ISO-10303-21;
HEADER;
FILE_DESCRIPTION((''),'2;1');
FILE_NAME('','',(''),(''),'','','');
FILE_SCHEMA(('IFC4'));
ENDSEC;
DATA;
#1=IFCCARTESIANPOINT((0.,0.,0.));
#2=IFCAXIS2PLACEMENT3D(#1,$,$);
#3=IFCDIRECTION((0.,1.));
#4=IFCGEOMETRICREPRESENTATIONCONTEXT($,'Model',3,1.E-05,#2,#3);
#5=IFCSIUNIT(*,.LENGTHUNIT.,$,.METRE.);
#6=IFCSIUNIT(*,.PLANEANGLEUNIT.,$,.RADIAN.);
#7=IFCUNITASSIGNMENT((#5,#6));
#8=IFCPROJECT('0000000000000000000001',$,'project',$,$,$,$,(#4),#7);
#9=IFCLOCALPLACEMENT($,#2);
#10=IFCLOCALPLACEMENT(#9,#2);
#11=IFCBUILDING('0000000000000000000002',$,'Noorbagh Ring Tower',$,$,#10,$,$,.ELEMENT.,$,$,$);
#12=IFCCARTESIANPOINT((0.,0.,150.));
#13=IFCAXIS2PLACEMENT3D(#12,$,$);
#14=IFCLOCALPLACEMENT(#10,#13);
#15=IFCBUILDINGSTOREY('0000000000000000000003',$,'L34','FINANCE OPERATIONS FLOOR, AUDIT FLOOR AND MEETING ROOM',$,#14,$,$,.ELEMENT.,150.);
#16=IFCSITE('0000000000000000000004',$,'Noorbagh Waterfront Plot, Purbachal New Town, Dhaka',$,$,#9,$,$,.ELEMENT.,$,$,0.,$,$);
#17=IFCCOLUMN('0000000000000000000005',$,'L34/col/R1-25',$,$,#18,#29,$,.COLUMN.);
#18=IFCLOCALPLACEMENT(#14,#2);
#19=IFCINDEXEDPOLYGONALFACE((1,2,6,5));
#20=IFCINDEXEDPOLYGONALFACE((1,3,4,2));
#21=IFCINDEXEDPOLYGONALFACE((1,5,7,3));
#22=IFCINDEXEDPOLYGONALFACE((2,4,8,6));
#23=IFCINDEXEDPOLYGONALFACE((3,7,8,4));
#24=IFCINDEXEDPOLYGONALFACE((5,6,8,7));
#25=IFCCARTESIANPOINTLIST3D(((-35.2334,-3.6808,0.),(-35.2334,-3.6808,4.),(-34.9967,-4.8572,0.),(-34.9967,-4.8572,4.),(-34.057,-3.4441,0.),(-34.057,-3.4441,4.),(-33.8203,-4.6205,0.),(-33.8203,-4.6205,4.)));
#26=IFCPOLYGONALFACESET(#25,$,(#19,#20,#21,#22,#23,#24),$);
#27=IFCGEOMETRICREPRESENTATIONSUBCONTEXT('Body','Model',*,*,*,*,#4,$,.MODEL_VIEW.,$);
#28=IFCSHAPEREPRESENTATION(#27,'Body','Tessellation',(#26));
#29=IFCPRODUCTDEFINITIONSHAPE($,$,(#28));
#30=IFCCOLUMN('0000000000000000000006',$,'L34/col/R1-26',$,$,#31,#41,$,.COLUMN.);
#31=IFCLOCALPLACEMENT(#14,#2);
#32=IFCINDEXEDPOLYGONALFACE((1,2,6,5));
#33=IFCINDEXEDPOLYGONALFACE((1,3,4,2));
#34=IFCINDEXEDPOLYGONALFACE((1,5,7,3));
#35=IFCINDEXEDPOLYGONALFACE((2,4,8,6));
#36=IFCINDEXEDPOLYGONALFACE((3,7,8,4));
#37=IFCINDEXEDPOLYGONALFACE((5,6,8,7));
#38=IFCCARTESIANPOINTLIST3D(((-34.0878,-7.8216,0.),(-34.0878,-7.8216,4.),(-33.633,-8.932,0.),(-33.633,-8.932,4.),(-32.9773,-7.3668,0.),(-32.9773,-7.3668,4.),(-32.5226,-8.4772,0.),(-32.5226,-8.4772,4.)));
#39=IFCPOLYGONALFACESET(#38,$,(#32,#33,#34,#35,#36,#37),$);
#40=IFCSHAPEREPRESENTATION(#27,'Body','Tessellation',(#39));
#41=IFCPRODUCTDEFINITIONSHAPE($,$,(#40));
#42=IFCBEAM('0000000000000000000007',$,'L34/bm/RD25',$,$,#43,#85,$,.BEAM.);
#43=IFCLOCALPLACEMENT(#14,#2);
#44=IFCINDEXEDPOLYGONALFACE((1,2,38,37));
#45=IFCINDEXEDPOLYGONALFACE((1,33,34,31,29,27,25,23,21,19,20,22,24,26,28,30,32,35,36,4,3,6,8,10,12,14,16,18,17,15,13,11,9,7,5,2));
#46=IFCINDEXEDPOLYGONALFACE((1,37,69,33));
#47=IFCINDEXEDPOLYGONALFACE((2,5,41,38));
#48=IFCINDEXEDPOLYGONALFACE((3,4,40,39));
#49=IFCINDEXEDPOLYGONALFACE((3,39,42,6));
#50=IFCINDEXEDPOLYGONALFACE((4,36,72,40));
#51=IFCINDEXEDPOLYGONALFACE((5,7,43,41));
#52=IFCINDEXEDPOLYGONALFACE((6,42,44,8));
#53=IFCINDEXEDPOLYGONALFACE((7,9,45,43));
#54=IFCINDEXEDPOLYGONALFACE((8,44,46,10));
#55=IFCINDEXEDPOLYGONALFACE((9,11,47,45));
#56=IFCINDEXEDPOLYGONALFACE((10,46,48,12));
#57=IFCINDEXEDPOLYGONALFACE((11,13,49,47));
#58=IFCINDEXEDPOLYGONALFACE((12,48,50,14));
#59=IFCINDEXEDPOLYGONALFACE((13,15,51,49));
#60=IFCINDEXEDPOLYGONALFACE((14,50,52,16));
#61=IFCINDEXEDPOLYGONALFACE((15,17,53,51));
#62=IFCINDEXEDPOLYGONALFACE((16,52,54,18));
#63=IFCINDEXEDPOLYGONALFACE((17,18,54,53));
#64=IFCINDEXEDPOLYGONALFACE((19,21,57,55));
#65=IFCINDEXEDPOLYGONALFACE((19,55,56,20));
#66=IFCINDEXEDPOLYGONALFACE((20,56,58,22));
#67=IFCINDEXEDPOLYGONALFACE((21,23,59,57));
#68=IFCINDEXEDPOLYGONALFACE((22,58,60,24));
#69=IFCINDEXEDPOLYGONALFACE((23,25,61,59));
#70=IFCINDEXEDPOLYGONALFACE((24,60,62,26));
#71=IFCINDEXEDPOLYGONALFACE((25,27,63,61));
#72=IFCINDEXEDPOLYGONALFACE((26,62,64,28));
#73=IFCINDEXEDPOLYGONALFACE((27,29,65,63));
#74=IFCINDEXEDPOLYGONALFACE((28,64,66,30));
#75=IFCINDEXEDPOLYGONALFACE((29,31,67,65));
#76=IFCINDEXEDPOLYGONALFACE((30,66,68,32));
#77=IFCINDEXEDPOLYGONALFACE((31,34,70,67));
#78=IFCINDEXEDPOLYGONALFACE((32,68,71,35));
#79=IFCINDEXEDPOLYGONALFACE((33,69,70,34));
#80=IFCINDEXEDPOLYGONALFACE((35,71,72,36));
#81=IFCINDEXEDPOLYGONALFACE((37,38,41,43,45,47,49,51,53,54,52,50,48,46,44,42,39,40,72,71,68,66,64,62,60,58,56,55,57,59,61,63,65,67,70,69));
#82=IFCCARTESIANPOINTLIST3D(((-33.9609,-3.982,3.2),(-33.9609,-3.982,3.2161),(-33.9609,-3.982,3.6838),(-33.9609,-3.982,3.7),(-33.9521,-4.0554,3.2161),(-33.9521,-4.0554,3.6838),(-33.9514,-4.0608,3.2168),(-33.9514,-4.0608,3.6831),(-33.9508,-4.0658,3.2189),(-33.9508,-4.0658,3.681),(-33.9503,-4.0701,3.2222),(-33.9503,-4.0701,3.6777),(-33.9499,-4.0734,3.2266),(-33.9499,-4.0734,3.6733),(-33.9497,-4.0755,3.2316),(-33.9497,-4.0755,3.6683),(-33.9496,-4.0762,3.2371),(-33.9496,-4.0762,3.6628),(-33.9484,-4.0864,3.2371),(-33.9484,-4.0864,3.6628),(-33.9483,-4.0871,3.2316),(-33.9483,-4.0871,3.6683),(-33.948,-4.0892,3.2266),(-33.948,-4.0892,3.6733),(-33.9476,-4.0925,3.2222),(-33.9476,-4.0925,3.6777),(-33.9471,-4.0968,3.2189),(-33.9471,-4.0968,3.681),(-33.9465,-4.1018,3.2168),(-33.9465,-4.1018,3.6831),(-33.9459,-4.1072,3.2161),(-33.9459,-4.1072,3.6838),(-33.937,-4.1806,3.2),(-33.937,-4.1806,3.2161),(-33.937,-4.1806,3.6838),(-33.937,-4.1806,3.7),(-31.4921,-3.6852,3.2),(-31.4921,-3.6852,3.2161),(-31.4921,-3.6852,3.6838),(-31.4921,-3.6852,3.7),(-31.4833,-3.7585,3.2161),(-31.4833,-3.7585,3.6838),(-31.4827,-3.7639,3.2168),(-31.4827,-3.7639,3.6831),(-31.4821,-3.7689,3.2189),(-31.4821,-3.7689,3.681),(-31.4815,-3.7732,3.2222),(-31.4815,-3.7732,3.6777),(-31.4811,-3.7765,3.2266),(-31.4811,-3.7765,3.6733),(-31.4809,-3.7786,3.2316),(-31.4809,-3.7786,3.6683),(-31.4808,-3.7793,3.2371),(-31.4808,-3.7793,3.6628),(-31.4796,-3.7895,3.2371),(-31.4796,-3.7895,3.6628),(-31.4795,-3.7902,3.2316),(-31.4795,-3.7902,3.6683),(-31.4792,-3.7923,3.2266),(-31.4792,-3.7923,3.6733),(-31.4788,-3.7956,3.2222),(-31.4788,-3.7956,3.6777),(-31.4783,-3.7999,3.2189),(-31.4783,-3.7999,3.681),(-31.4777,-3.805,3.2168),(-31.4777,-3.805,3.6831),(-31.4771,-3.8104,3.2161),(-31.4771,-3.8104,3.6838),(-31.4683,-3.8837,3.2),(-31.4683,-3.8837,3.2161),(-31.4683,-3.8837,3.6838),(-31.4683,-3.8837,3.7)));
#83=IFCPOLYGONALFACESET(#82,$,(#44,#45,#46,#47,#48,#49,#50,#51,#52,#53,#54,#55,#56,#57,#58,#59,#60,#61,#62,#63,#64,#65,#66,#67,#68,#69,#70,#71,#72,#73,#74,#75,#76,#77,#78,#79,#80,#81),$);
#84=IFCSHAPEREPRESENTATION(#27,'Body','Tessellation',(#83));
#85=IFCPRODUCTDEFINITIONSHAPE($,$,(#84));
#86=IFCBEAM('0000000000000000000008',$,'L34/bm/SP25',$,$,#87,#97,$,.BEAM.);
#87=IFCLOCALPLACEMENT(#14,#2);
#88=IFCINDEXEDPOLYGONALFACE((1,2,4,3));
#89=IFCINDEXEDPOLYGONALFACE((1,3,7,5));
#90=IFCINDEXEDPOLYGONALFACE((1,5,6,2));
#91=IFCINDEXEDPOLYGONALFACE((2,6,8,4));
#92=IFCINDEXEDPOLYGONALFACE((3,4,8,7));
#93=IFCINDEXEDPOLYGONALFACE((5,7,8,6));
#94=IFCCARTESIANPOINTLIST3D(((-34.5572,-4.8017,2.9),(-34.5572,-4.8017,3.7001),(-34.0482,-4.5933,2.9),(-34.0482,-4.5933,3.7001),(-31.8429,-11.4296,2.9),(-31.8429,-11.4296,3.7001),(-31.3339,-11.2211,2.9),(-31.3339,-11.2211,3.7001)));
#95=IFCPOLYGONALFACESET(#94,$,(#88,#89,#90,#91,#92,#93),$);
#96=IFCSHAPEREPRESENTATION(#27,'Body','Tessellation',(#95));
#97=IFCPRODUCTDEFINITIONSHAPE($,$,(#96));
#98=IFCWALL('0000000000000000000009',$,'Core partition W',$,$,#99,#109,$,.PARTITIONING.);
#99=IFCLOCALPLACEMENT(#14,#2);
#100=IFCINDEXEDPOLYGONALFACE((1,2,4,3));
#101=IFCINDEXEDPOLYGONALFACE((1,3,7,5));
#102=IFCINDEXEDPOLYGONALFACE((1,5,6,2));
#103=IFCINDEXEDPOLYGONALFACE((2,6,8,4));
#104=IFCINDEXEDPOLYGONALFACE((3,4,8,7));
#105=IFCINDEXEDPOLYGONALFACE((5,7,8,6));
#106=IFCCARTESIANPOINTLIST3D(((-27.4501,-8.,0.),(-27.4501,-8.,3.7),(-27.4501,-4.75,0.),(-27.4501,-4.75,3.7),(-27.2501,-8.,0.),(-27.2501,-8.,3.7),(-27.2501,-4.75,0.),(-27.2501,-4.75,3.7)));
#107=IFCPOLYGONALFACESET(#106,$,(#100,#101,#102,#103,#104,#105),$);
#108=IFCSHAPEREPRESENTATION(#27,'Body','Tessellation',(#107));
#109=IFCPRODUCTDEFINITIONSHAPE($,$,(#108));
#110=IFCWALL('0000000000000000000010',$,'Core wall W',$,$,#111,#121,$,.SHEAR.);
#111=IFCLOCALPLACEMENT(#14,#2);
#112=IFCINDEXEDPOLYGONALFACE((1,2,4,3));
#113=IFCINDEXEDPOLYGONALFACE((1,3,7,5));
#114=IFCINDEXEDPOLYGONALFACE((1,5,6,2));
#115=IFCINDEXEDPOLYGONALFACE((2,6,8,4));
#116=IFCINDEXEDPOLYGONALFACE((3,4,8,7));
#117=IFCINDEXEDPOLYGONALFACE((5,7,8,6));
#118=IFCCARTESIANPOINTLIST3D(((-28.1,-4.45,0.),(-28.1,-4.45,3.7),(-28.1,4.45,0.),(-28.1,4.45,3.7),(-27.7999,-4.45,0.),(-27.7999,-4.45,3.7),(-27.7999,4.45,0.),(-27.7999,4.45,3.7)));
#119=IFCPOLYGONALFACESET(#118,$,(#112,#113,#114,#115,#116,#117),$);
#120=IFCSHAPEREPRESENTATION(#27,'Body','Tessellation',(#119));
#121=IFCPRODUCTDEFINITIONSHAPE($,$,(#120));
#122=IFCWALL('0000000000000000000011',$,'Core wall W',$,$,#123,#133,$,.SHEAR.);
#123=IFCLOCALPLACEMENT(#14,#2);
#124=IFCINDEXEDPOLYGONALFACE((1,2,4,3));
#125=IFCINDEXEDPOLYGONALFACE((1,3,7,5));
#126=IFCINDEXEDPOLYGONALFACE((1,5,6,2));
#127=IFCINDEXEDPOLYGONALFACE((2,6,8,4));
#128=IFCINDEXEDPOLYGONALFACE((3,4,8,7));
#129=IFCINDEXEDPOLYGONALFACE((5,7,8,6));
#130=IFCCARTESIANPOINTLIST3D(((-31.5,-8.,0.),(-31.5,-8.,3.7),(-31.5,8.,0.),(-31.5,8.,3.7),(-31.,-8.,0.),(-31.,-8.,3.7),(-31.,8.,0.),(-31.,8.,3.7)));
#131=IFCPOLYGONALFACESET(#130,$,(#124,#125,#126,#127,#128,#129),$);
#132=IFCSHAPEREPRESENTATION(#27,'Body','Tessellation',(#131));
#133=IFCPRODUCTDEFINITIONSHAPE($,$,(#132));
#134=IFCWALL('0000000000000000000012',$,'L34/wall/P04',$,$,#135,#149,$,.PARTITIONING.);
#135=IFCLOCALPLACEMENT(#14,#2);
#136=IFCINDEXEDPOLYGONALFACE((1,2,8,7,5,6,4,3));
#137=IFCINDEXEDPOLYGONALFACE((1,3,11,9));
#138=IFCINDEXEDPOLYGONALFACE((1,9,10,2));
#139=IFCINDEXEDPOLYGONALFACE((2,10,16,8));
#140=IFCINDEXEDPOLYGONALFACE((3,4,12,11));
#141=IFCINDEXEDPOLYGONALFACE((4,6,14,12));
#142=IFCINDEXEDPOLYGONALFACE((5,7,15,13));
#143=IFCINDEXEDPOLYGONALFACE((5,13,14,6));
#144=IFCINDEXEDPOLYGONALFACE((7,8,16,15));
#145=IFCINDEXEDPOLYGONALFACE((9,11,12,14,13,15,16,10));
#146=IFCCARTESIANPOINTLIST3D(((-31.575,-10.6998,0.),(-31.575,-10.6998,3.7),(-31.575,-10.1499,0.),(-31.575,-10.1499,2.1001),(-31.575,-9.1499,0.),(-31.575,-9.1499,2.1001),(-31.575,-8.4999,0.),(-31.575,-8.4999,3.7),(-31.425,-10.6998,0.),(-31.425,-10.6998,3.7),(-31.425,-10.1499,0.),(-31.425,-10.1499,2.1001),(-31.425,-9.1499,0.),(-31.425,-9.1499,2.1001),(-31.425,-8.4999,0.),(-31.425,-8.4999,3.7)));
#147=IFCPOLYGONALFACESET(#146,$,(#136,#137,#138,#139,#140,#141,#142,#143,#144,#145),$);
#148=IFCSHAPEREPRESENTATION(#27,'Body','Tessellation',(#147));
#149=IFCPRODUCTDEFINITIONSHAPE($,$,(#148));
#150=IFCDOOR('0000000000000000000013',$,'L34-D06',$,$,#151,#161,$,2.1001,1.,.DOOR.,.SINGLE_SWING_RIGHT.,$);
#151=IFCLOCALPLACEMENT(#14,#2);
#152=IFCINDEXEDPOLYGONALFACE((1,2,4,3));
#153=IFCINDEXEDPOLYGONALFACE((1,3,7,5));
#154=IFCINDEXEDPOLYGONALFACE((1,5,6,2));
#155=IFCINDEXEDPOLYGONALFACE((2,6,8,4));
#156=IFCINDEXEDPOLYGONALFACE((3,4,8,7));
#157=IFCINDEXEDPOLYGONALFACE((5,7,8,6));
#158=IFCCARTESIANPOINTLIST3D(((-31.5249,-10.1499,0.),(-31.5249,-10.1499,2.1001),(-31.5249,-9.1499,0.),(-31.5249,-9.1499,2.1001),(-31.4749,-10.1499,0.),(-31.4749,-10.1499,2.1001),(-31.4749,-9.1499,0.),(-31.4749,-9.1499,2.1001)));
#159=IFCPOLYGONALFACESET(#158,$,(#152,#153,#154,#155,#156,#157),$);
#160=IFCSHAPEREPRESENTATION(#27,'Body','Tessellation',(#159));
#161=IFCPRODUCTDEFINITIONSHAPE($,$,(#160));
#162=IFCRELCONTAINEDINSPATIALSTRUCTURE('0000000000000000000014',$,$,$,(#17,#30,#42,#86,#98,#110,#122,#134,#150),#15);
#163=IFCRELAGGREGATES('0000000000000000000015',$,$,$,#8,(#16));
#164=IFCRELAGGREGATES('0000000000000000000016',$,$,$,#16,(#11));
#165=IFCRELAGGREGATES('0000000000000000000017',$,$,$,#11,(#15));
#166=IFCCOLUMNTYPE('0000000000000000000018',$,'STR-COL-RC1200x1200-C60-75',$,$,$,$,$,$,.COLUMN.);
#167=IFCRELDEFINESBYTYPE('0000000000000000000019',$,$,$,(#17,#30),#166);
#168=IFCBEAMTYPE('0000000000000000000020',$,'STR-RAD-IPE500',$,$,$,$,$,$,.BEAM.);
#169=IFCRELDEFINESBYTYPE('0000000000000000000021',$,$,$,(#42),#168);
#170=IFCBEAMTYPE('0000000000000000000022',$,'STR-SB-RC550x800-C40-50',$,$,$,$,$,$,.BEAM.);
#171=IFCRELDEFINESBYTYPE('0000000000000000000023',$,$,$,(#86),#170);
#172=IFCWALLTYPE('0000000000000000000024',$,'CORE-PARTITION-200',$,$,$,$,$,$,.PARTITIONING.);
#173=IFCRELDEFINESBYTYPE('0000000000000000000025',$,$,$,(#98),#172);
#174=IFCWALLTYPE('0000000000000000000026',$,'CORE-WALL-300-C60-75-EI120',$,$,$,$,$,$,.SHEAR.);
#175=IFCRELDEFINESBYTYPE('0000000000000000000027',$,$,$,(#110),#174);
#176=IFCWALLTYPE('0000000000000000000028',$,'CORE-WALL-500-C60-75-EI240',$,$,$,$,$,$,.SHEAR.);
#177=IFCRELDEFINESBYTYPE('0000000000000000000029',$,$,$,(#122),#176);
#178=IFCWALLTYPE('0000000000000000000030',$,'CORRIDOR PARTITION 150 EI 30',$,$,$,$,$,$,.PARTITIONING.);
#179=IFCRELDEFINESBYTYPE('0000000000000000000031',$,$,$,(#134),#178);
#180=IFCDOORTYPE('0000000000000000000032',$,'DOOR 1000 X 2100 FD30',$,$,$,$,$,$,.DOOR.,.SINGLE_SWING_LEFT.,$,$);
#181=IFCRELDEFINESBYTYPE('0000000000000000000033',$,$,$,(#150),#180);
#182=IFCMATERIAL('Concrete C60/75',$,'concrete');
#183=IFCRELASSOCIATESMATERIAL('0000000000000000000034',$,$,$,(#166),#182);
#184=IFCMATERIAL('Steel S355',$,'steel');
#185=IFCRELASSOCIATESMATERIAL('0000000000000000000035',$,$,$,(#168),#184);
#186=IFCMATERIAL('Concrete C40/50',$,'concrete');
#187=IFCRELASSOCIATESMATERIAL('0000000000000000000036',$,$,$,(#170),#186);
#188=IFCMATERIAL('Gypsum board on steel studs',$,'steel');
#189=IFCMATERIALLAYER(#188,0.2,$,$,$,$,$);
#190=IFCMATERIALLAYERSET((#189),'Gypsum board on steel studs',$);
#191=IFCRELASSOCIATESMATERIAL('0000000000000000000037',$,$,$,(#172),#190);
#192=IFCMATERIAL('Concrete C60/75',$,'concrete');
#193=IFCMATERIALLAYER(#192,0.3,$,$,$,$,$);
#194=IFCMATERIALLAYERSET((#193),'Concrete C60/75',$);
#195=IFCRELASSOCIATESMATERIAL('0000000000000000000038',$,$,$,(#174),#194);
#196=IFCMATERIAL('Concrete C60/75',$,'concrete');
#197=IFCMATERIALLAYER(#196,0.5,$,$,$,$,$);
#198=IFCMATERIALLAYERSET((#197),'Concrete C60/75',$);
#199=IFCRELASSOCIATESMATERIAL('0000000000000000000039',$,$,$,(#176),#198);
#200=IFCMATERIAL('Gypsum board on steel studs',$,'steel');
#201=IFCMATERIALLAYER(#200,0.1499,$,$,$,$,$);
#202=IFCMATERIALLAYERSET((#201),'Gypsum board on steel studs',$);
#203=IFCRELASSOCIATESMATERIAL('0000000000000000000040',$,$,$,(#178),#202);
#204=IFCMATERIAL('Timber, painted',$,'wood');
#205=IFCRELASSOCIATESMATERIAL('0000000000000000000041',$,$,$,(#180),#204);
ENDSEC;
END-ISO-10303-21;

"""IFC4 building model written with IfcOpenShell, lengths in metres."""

from ifc_helpers import new_model, si_unit, direction, frame, frame_2d, origin, origin_2d, place, context, subcontext, project, spatial, rectangle, i_section, extrude, material, layer, layer_set, material_profile, profile_set, type_object, element, fill, save


model = new_model("IFC4")

# Units and contexts
model_context = context("Model", 3, precision=1e-05, world=origin(), true_north=direction((0.0, 1.0)))
body_context = subcontext(model_context, "Body", "Model", "MODEL_VIEW")
ifc_project = project(units=[si_unit("LENGTHUNIT", "METRE"), si_unit("PLANEANGLEUNIT", "RADIAN")], contexts=[model_context])

# Site, building, storey
site_placement = place(None, origin())
site = spatial("IfcSite", under=ifc_project, at=site_placement, Name="Noorbagh Waterfront Plot, Purbachal New Town, Dhaka", CompositionType="ELEMENT", RefElevation=0.0)
building_placement = place(site_placement, origin())
building = spatial("IfcBuilding", under=site, at=building_placement, Name="Noorbagh Ring Tower", CompositionType="ELEMENT")
storey_placement = place(building_placement, frame((0.0, 0.0, 150.0)))
storey = spatial("IfcBuildingStorey", under=building, at=storey_placement, Name="L34", Description="FINANCE OPERATIONS FLOOR, AUDIT FLOOR AND MEETING ROOM", CompositionType="ELEMENT", Elevation=150.0)

# Columns
ifc_material_1 = material(Name="Concrete C60/75", Category="concrete")
ifc_material_profile_1 = material_profile(ifc_material_1, rectangle(XDim=1.2, YDim=1.2, at=origin_2d()), Name="RC1200x1200")
ifc_profile_set_1 = profile_set([ifc_material_profile_1], Name="Concrete C60/75")
column_type = type_object("IfcColumnType", Name="STR-COL-RC1200x1200-C60-75", PredefinedType="COLUMN", material=ifc_profile_set_1)
for number, where, z_axis, x_axis, name in (
    (1, (-34.5269, -4.1506, 0.0), (0.0, 0.0, 1.0), (0.19723, -0.980357, 0.0), "L34/col/R1-25"),
    (2, (-33.3052, -8.1494, 0.0), (0.0, 0.0, 1.0), (0.378989, -0.925401, 0.0), "L34/col/R1-26"),
):
    element("IfcColumn", number, at=place(storey_placement, frame(where, z_axis=z_axis, x_axis=x_axis)), inside=storey, type_object=column_type, Name=name, PredefinedType="COLUMN", context=body_context, shape_type="SweptSolid", body=[
        extrude(rectangle(XDim=1.2, YDim=1.2, at=origin_2d()), origin(), (0.0, 0.0, 1.0), 4.0),
    ])

# Beams
ifc_material_2 = material(Name="Steel S355", Category="steel")
ifc_material_profile_2 = material_profile(ifc_material_2, i_section(OverallWidth=0.2, OverallDepth=0.5, WebThickness=0.0103, FlangeThickness=0.0161, FilletRadius=0.021, at=origin_2d()), Name="IPE500")
ifc_profile_set_2 = profile_set([ifc_material_profile_2], Name="Steel S355")
beam_type_1 = type_object("IfcBeamType", Name="STR-RAD-IPE500", PredefinedType="BEAM", material=ifc_profile_set_2)
beam_1_placement = place(storey_placement, frame((-33.949, -4.0813, 3.45), z_axis=(0.992847, 0.119393, 0.0), x_axis=(-0.119393, 0.992847, 0.0)))
element("IfcBeam", 3, at=beam_1_placement, inside=storey, type_object=beam_type_1, Name="L34/bm/RD25", PredefinedType="BEAM", context=body_context, shape_type="SweptSolid", body=[
    extrude(i_section(OverallWidth=0.2, OverallDepth=0.5, WebThickness=0.0103, FlangeThickness=0.0161, FilletRadius=0.021, at=origin_2d()), origin(), (0.0, 0.0, 1.0), 2.4866),
])
ifc_material_3 = material(Name="Concrete C40/50", Category="concrete")
ifc_material_profile_3 = material_profile(ifc_material_3, rectangle(XDim=0.55, YDim=0.8, at=origin_2d()), Name="RC550x800")
ifc_profile_set_3 = profile_set([ifc_material_profile_3], Name="Concrete C40/50")
beam_type_2 = type_object("IfcBeamType", Name="STR-SB-RC550x800-C40-50", PredefinedType="BEAM", material=ifc_profile_set_3)
beam_2_placement = place(storey_placement, frame((-34.3027, -4.6975, 3.3), z_axis=(0.378983, -0.925404, 0.0), x_axis=(0.925404, 0.378983, 0.0)))
element("IfcBeam", 4, at=beam_2_placement, inside=storey, type_object=beam_type_2, Name="L34/bm/SP25", PredefinedType="BEAM", context=body_context, shape_type="SweptSolid", body=[
    extrude(rectangle(XDim=0.55, YDim=0.8, at=origin_2d()), origin(), (0.0, 0.0, 1.0), 7.1621),
])

# Walls
ifc_material_4 = material(Name="Gypsum board on steel studs", Category="steel")
ifc_layer_1 = layer(ifc_material_4, 0.2)
ifc_layer_set_1 = layer_set([ifc_layer_1], Name="Gypsum board on steel studs")
wall_type_1 = type_object("IfcWallType", Name="CORE-PARTITION-200", PredefinedType="PARTITIONING", material=ifc_layer_set_1)
wall_1_placement = place(storey_placement, frame((-27.3501, -8.0, 0.0), z_axis=(0.0, 0.0, 1.0), x_axis=(0.0, 1.0, 0.0)))
element("IfcWall", 5, at=wall_1_placement, inside=storey, type_object=wall_type_1, Name="Core partition W", PredefinedType="PARTITIONING", context=body_context, shape_type="SweptSolid", body=[
    extrude(rectangle(XDim=3.25, YDim=0.2, at=frame_2d((1.625, 0.0))), origin(), (0.0, 0.0, 1.0), 3.7),
])
ifc_material_5 = material(Name="Concrete C60/75", Category="concrete")
ifc_layer_2 = layer(ifc_material_5, 0.3)
ifc_layer_set_2 = layer_set([ifc_layer_2], Name="Concrete C60/75")
wall_type_2 = type_object("IfcWallType", Name="CORE-WALL-300-C60-75-EI120", PredefinedType="SHEAR", material=ifc_layer_set_2)
wall_2_placement = place(storey_placement, frame((-27.95, -4.45, 0.0), z_axis=(0.0, 0.0, 1.0), x_axis=(0.0, 1.0, 0.0)))
element("IfcWall", 6, at=wall_2_placement, inside=storey, type_object=wall_type_2, Name="Core wall W", PredefinedType="SHEAR", context=body_context, shape_type="SweptSolid", body=[
    extrude(rectangle(XDim=8.8999, YDim=0.3, at=frame_2d((4.45, 0.0))), origin(), (0.0, 0.0, 1.0), 3.7),
])
ifc_material_6 = material(Name="Concrete C60/75", Category="concrete")
ifc_layer_3 = layer(ifc_material_6, 0.5)
ifc_layer_set_3 = layer_set([ifc_layer_3], Name="Concrete C60/75")
wall_type_3 = type_object("IfcWallType", Name="CORE-WALL-500-C60-75-EI240", PredefinedType="SHEAR", material=ifc_layer_set_3)
wall_3_placement = place(storey_placement, frame((-31.25, -8.0, 0.0), z_axis=(0.0, 0.0, 1.0), x_axis=(0.0, 1.0, 0.0)))
element("IfcWall", 7, at=wall_3_placement, inside=storey, type_object=wall_type_3, Name="Core wall W", PredefinedType="SHEAR", context=body_context, shape_type="SweptSolid", body=[
    extrude(rectangle(XDim=16.0, YDim=0.5, at=frame_2d((8.0, 0.0))), origin(), (0.0, 0.0, 1.0), 3.7),
])

# Wall, opening, door
ifc_material_7 = material(Name="Gypsum board on steel studs", Category="steel")
ifc_layer_4 = layer(ifc_material_7, 0.1499)
ifc_layer_set_4 = layer_set([ifc_layer_4], Name="Gypsum board on steel studs")
wall_type_4 = type_object("IfcWallType", Name="CORRIDOR PARTITION 150 EI 30", PredefinedType="PARTITIONING", material=ifc_layer_set_4)
wall_4_placement = place(storey_placement, frame((-31.5, -10.7, 0.0), z_axis=(0.0, 0.0, 1.0), x_axis=(0.0, 1.0, 0.0)))
wall_4 = element("IfcWall", 8, at=wall_4_placement, inside=storey, type_object=wall_type_4, Name="L34/wall/P04", PredefinedType="PARTITIONING", context=body_context, shape_type="SweptSolid", body=[
    extrude(rectangle(XDim=2.2, YDim=0.1499, at=frame_2d((1.1001, 0.0))), origin(), (0.0, 0.0, 1.0), 3.7),
])
opening_1_placement = place(wall_4_placement, frame((0.55, 0.0, 0.0)))
opening_1 = element("IfcOpeningElement", 9, at=opening_1_placement, cuts=wall_4, PredefinedType="OPENING", context=body_context, shape_type="SweptSolid", body=[
    extrude(rectangle(XDim=1.0, YDim=2.1001, at=frame_2d((0.5, 1.05))), frame((0.0, 0.085, 0.0), z_axis=(0.0, -1.0, 0.0), x_axis=(1.0, 0.0, 0.0)), (0.0, 0.0, 1.0), 0.1699),
])
ifc_material_8 = material(Name="Timber, painted", Category="wood")
door_type = type_object("IfcDoorType", Name="DOOR 1000 X 2100 FD30", OperationType="SINGLE_SWING_LEFT", PredefinedType="DOOR", material=ifc_material_8)
door_1_placement = place(opening_1_placement, origin())
door_1 = element("IfcDoor", 10, at=door_1_placement, inside=storey, type_object=door_type, Name="L34-D06", OperationType="SINGLE_SWING_RIGHT", OverallHeight=2.1001, OverallWidth=1.0, PredefinedType="DOOR", context=body_context, shape_type="SweptSolid", body=[
    extrude(rectangle(XDim=1.0, YDim=2.1001, at=frame_2d((0.5, 1.05))), frame((0.0, 0.0249, 0.0), z_axis=(0.0, -1.0, 0.0), x_axis=(1.0, 0.0, 0.0)), (0.0, 0.0, 1.0), 0.05),
])
fill(opening_1, door_1)

save(model, "model.ifc")
